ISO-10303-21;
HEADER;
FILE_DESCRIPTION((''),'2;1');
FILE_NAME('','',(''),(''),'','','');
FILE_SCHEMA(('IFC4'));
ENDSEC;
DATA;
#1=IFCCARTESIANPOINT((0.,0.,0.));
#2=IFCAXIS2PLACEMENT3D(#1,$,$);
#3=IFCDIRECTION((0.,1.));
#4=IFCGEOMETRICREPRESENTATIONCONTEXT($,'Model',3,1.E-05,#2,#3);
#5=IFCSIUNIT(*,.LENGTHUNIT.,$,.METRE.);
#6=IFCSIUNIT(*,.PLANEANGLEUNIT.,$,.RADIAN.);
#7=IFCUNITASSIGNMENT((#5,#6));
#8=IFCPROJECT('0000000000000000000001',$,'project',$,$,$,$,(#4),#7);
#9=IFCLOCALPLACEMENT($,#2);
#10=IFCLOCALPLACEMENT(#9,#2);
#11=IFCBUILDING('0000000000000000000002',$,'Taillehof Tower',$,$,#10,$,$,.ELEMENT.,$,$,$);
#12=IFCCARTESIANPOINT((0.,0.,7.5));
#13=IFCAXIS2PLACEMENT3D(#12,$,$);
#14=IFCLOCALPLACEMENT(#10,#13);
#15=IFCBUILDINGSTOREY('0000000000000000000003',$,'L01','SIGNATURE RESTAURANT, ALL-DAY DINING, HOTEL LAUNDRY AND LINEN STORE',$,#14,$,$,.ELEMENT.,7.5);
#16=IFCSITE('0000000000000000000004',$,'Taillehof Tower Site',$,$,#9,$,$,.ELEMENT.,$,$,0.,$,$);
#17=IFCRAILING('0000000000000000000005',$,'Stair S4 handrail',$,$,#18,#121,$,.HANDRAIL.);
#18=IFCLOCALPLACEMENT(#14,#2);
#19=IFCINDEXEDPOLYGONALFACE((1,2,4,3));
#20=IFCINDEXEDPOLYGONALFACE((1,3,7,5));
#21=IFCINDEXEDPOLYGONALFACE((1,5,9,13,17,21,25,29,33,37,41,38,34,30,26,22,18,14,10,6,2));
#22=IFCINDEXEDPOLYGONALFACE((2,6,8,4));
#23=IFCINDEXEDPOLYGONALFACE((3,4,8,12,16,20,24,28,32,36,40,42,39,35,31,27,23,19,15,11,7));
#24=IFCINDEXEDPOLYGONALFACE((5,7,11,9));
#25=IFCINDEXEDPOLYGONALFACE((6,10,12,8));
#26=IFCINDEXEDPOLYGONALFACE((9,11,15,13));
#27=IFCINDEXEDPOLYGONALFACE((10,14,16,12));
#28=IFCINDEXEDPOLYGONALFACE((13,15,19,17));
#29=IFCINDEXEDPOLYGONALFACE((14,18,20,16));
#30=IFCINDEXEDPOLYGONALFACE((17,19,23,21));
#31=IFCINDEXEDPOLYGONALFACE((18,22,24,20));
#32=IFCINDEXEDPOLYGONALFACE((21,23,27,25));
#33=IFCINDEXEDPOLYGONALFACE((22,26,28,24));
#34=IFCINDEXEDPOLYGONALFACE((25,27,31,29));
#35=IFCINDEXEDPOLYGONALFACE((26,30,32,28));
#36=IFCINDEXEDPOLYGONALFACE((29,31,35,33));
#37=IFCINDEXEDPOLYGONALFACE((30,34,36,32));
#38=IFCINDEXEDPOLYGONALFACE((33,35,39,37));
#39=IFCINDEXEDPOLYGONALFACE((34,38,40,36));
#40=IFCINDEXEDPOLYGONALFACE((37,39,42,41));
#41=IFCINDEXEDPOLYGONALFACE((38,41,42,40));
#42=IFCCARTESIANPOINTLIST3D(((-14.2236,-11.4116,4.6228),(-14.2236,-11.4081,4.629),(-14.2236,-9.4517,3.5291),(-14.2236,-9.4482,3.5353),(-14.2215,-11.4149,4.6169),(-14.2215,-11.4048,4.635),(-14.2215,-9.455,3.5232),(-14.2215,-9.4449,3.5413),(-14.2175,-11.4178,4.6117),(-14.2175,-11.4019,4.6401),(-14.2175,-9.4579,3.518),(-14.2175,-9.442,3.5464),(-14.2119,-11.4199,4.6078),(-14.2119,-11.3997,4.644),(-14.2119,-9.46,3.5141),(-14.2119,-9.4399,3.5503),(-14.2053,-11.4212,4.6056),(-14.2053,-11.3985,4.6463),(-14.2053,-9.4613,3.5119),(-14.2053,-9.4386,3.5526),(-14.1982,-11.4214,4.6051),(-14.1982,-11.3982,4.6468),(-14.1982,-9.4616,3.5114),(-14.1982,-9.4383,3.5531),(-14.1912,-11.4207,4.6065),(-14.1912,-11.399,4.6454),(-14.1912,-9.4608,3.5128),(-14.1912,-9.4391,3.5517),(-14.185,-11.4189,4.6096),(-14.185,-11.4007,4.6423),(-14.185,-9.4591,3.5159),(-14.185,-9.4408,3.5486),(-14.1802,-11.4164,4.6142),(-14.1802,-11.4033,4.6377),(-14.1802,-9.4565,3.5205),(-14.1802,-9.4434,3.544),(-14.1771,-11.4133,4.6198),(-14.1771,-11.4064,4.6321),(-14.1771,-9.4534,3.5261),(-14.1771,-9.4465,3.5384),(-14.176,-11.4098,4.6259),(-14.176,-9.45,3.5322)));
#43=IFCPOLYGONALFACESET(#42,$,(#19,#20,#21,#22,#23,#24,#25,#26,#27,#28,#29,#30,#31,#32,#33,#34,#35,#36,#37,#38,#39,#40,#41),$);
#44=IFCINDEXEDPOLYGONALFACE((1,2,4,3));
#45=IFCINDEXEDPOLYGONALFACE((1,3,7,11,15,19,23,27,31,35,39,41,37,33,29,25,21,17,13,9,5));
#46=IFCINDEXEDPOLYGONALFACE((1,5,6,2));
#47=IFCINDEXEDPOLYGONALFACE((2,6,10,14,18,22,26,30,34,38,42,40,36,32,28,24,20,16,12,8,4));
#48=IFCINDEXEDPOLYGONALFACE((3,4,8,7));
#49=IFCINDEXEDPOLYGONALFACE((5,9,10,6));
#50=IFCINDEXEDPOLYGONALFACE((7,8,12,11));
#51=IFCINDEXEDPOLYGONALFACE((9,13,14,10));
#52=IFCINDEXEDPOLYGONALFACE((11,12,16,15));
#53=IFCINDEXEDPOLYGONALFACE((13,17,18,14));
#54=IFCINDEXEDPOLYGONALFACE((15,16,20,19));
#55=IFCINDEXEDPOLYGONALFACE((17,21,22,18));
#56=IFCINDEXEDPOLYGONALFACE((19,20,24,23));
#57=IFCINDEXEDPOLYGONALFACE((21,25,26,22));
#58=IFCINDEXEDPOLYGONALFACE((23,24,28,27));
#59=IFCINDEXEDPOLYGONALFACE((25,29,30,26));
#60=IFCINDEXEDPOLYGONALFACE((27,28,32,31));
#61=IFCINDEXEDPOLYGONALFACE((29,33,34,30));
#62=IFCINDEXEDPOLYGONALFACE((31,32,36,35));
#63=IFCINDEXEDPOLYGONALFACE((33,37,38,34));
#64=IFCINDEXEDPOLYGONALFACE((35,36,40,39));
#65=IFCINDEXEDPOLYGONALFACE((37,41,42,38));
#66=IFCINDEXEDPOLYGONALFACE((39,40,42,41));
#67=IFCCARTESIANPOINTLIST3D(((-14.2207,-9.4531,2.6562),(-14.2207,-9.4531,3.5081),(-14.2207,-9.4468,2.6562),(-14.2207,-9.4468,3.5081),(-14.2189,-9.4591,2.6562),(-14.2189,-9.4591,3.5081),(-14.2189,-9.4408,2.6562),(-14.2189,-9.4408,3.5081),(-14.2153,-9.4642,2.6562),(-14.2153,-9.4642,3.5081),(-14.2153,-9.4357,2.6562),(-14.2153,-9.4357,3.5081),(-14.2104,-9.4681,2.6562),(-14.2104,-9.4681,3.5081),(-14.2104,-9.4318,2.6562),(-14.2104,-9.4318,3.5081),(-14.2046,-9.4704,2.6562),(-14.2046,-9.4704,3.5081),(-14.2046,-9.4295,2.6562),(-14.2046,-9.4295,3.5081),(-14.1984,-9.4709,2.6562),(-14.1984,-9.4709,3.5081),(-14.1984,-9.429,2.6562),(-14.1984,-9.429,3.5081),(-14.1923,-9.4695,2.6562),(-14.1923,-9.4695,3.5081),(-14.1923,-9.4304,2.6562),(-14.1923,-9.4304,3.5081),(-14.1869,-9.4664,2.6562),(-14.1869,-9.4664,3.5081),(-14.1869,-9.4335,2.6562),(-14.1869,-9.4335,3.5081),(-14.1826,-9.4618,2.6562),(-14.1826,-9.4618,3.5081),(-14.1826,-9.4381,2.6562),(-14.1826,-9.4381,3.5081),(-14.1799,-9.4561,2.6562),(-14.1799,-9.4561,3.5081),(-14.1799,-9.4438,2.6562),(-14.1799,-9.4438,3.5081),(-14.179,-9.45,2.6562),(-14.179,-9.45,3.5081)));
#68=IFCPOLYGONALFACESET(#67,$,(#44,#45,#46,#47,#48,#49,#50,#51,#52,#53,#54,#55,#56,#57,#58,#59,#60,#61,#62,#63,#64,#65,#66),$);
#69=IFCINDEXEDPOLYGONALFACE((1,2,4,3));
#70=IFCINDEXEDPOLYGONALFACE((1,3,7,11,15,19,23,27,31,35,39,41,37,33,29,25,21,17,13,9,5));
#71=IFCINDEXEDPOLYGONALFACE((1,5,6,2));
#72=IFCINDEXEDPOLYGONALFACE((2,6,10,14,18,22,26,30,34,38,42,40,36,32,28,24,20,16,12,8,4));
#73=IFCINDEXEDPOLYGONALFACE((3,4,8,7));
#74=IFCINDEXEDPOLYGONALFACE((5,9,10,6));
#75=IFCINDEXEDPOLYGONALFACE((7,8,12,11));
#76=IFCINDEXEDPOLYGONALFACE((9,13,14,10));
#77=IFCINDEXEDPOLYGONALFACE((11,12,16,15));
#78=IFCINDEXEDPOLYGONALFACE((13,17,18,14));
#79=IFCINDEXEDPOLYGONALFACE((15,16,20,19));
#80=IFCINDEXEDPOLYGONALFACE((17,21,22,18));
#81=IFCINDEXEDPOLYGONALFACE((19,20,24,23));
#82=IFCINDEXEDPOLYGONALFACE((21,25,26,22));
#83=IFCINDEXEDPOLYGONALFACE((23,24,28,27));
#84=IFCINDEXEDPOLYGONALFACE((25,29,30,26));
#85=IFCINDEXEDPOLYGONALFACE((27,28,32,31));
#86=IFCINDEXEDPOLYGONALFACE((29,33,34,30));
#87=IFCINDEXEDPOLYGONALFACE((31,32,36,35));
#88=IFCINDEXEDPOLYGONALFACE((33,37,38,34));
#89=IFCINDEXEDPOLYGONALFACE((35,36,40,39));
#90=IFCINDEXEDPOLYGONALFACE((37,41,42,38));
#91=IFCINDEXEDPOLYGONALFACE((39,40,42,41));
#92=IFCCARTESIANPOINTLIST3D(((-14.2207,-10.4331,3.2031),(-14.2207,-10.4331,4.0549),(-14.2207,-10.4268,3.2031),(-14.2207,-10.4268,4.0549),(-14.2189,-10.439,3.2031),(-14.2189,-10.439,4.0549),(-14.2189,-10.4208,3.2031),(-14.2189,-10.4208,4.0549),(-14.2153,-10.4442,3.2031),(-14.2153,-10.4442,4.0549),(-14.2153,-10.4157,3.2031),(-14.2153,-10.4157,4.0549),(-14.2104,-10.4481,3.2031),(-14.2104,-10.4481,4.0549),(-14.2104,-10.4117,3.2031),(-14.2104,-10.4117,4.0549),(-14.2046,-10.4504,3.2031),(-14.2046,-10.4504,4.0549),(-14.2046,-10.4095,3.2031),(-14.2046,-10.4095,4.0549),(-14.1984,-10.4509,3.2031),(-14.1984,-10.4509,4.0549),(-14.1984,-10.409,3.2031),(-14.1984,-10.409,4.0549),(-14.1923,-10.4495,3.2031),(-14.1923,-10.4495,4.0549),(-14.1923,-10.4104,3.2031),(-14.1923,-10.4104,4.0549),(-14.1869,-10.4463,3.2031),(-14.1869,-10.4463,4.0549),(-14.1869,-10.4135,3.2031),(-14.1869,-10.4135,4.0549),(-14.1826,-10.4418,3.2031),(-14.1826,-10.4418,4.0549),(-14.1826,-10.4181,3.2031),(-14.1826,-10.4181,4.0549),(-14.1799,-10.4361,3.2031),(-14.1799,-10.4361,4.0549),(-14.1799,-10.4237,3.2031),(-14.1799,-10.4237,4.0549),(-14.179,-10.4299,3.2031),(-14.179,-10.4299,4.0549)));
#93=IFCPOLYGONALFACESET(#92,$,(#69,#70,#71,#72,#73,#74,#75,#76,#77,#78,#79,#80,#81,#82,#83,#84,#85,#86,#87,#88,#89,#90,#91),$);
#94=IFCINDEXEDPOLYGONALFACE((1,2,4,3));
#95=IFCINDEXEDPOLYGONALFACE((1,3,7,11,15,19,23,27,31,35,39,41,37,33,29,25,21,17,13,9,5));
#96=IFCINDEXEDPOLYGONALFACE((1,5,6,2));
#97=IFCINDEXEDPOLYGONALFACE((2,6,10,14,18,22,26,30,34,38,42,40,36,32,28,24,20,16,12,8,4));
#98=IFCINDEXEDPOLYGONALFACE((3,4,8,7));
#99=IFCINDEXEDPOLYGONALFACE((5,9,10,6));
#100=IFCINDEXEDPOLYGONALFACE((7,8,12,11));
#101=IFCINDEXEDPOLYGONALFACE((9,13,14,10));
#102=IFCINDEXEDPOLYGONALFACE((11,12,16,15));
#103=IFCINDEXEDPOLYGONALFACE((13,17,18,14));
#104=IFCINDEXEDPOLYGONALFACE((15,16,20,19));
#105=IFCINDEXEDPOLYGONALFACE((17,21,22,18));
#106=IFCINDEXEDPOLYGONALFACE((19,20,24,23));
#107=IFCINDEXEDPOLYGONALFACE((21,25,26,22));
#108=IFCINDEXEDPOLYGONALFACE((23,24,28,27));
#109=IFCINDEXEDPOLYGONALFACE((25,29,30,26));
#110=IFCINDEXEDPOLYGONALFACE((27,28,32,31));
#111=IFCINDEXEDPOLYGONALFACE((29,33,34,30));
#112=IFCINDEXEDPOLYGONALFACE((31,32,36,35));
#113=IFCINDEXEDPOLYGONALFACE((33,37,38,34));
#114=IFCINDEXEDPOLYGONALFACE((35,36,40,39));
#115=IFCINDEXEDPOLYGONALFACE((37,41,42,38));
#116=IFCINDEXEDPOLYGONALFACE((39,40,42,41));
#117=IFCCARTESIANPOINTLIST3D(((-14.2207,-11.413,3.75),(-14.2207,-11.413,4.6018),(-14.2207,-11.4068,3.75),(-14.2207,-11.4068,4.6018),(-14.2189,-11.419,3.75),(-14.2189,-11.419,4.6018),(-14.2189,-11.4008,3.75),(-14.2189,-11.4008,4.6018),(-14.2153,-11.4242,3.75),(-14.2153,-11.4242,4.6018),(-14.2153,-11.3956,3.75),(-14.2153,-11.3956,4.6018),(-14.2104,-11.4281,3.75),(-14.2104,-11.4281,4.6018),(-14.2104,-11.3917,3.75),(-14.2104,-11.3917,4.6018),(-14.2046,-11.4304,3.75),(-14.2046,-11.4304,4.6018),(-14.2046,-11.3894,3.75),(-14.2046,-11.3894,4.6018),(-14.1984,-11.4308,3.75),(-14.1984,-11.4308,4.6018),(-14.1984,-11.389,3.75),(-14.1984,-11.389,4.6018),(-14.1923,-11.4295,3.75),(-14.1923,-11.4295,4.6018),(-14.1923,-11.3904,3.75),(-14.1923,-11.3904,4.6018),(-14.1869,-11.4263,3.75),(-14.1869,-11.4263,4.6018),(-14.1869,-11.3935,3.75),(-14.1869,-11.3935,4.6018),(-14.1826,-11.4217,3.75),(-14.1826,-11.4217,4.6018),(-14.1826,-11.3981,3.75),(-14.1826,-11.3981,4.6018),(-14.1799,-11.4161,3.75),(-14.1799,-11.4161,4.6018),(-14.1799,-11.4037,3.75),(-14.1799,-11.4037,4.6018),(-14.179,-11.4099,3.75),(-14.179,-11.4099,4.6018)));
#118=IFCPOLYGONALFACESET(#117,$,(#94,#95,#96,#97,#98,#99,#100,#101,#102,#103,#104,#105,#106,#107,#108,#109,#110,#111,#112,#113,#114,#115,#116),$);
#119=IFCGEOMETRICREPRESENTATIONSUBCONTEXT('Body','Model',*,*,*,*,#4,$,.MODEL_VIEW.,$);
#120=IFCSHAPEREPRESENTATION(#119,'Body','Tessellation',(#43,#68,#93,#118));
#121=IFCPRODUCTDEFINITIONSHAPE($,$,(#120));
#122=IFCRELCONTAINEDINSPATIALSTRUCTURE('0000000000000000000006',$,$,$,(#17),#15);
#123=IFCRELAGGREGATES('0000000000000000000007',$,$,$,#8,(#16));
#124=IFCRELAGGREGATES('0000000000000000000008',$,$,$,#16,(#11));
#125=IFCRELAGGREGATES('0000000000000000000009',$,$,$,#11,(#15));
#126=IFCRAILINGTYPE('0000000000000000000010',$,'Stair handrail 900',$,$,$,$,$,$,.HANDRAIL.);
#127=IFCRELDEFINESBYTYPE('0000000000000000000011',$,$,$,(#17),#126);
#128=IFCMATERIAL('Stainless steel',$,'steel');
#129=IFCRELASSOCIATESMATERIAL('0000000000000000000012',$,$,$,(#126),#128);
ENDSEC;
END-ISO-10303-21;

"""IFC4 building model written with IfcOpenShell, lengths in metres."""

from ifc_helpers import new_model, si_unit, direction, frame, origin, origin_2d, place, context, subcontext, project, spatial, circle, extrude, material, type_object, element, save


model = new_model("IFC4")

# Units and contexts
model_context = context("Model", 3, precision=1e-05, world=origin(), true_north=direction((0.0, 1.0)))
body_context = subcontext(model_context, "Body", "Model", "MODEL_VIEW")
ifc_project = project(units=[si_unit("LENGTHUNIT", "METRE"), si_unit("PLANEANGLEUNIT", "RADIAN")], contexts=[model_context])

# Site, building, storey
site_placement = place(None, origin())
site = spatial("IfcSite", under=ifc_project, at=site_placement, Name="Taillehof Tower Site", CompositionType="ELEMENT", RefElevation=0.0)
building_placement = place(site_placement, origin())
building = spatial("IfcBuilding", under=site, at=building_placement, Name="Taillehof Tower", CompositionType="ELEMENT")
storey_placement = place(building_placement, frame((0.0, 0.0, 7.5)))
storey = spatial("IfcBuildingStorey", under=building, at=storey_placement, Name="L01", Description="SIGNATURE RESTAURANT, ALL-DAY DINING, HOTEL LAUNDRY AND LINEN STORE", CompositionType="ELEMENT", Elevation=7.5)

# Railing
ifc_material_1 = material(Name="Stainless steel", Category="steel")
railing_type = type_object("IfcRailingType", Name="Stair handrail 900", PredefinedType="HANDRAIL", material=ifc_material_1)
railing_1_placement = place(storey_placement, frame((-14.2, -9.45, 2.6562)))
element("IfcRailing", 1, at=railing_1_placement, inside=storey, type_object=railing_type, Name="Stair S4 handrail", PredefinedType="HANDRAIL", context=body_context, shape_type="SweptSolid", body=[
    extrude(circle(Radius=0.0239, at=origin_2d()), frame((0.0, 0.0, 0.876), z_axis=(0.0, -0.873232, 0.487304), x_axis=(1.0, 0.0, 0.0)), (0.0, 0.0, 1.0), 2.2444),
    extrude(circle(Radius=0.021, at=origin_2d()), origin(), (0.0, 0.0, 1.0), 0.8518),
    extrude(circle(Radius=0.021, at=origin_2d()), frame((0.0, -0.98, 0.5469)), (0.0, 0.0, 1.0), 0.8518),
    extrude(circle(Radius=0.021, at=origin_2d()), frame((0.0, -1.96, 1.0938)), (0.0, 0.0, 1.0), 0.8518),
])

save(model, "model.ifc")
